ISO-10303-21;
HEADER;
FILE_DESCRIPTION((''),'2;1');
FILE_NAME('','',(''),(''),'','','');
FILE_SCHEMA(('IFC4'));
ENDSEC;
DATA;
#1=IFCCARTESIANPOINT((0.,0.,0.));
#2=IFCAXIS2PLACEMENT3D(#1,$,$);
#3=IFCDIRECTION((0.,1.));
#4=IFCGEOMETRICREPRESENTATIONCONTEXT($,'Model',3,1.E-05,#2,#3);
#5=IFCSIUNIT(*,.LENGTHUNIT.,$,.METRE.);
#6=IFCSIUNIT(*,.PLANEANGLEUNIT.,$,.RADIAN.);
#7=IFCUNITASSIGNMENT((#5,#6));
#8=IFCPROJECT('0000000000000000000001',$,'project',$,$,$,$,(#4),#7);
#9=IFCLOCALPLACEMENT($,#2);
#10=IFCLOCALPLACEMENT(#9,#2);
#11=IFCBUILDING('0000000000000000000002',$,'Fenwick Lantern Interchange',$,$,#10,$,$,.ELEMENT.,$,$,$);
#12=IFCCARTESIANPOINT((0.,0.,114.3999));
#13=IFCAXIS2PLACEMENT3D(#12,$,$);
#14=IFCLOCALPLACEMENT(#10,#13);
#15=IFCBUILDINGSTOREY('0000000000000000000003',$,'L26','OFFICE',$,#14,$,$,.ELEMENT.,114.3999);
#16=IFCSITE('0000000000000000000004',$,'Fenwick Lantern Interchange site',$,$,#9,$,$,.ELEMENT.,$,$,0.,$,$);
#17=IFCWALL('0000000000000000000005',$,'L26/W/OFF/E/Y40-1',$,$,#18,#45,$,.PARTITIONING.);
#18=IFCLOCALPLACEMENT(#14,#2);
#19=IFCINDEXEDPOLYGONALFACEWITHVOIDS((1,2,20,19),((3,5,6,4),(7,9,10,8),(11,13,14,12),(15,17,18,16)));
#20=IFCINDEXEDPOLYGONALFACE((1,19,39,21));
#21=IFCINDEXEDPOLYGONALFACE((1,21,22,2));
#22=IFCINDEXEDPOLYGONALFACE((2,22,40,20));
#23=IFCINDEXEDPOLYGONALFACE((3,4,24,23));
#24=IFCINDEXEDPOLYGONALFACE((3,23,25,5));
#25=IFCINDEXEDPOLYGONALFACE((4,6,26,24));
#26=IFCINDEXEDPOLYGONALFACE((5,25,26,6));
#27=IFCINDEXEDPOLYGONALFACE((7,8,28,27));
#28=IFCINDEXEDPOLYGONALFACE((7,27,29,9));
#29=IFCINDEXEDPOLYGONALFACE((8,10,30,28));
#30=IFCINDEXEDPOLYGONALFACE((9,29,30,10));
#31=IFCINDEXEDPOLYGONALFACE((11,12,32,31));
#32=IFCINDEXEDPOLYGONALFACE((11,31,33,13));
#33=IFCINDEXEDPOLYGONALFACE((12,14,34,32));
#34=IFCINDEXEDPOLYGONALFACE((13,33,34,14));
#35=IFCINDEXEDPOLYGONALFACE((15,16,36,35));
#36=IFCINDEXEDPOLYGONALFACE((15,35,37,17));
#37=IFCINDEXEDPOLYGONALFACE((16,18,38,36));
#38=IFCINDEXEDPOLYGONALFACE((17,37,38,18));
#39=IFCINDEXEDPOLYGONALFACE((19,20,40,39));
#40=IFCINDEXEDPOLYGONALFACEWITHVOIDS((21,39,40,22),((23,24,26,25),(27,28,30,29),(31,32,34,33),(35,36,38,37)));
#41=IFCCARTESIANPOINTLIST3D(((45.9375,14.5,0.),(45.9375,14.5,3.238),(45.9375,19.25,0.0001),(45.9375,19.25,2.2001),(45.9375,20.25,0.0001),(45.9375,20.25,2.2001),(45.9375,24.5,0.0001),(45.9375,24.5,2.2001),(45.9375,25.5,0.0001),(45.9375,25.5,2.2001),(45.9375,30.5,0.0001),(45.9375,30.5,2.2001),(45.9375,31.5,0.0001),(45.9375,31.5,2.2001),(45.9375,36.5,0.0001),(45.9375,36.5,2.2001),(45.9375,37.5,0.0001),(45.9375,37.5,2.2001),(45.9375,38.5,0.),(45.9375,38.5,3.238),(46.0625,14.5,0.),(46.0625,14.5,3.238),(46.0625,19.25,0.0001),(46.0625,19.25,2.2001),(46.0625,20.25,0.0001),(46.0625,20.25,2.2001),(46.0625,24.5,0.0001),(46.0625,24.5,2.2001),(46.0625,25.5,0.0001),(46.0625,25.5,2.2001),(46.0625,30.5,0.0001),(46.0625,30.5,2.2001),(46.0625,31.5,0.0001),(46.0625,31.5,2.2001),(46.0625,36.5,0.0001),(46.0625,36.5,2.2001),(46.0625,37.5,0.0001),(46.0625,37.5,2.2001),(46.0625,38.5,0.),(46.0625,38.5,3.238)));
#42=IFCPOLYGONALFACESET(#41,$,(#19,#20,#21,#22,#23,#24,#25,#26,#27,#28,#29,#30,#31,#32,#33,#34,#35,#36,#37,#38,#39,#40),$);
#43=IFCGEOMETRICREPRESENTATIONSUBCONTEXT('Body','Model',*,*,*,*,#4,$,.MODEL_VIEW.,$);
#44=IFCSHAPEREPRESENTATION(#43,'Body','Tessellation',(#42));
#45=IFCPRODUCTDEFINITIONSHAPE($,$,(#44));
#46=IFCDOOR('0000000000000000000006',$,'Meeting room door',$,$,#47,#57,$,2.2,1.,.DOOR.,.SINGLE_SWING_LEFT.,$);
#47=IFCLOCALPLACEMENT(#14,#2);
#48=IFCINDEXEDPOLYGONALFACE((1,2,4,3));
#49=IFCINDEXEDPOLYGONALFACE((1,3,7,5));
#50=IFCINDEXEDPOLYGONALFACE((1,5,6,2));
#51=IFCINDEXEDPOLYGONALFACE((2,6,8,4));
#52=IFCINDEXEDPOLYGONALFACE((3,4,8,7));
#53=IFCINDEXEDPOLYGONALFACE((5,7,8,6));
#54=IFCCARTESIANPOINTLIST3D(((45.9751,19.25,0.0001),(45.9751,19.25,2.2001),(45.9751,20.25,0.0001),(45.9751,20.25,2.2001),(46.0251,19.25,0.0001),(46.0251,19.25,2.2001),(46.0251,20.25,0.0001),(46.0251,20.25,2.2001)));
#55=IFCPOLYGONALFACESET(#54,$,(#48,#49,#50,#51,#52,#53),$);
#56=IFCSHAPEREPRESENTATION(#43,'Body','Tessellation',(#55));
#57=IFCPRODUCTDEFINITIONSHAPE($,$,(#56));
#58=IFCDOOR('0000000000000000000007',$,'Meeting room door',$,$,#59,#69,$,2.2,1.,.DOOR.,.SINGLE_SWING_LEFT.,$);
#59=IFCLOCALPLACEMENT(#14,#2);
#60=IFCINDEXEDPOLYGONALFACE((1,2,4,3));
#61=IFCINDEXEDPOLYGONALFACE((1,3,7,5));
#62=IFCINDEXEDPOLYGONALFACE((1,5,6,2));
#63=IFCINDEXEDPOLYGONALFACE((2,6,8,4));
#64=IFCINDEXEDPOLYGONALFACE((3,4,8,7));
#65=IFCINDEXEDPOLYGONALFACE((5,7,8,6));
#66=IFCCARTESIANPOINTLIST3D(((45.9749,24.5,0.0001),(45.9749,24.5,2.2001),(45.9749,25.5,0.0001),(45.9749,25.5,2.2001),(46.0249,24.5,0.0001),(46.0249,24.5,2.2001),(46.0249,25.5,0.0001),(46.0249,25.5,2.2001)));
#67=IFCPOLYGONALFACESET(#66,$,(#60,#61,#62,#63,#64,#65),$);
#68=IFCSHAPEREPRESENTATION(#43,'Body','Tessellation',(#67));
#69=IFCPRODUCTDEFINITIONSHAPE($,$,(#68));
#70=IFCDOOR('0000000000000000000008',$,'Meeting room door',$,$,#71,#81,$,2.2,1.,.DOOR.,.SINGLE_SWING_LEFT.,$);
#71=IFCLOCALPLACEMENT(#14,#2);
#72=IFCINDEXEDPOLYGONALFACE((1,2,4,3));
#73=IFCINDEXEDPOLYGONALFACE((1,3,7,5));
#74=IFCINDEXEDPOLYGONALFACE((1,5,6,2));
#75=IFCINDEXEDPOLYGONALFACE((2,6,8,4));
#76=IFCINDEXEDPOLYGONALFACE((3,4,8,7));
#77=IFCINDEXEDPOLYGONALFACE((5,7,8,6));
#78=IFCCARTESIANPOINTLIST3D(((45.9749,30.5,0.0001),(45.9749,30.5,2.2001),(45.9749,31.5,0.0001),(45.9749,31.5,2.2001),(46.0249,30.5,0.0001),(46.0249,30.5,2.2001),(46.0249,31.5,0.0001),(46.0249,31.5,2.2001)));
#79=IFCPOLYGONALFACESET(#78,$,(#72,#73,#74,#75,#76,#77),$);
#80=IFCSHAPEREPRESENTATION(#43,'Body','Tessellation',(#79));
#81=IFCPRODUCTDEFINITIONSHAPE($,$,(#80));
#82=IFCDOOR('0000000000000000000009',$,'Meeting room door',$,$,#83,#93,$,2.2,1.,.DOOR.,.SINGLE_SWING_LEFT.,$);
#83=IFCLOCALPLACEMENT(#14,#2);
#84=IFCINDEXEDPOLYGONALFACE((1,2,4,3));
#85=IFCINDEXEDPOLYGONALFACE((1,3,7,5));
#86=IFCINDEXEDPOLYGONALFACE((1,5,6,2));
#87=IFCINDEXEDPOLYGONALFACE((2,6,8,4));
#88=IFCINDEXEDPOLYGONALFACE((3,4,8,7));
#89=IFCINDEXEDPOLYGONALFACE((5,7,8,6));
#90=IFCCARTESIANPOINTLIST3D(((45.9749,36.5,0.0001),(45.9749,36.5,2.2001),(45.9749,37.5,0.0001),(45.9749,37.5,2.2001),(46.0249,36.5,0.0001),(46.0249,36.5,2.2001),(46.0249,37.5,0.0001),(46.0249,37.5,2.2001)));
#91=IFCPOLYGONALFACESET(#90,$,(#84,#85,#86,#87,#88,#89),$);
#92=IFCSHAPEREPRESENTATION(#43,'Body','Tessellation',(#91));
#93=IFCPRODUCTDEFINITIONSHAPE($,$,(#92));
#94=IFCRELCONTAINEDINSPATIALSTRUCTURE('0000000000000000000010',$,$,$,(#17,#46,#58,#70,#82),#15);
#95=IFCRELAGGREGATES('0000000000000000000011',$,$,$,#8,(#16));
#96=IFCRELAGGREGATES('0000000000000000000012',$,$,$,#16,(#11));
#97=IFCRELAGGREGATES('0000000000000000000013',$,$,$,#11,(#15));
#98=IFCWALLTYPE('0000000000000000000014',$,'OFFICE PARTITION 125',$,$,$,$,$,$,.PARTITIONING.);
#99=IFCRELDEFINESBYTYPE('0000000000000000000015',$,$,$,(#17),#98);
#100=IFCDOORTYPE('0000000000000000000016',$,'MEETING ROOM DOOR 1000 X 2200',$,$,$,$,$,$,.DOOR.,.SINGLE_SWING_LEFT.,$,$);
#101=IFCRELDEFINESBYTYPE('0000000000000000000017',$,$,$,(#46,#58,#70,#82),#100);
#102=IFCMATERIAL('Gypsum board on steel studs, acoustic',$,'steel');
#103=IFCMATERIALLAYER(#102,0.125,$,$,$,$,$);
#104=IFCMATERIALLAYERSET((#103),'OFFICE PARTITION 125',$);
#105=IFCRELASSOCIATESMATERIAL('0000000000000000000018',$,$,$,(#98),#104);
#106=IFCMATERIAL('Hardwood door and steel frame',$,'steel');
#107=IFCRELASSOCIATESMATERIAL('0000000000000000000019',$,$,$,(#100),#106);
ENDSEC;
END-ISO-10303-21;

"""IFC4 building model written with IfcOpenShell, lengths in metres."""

from ifc_helpers import new_model, si_unit, direction, frame, frame_2d, origin, place, context, subcontext, project, spatial, rectangle, extrude, material, layer, layer_set, type_object, element, fill, save


model = new_model("IFC4")

# Units and contexts
model_context = context("Model", 3, precision=1e-05, world=origin(), true_north=direction((0.0, 1.0)))
body_context = subcontext(model_context, "Body", "Model", "MODEL_VIEW")
ifc_project = project(units=[si_unit("LENGTHUNIT", "METRE"), si_unit("PLANEANGLEUNIT", "RADIAN")], contexts=[model_context])

# Site, building, storey
site_placement = place(None, origin())
site = spatial("IfcSite", under=ifc_project, at=site_placement, Name="Fenwick Lantern Interchange site", CompositionType="ELEMENT", RefElevation=0.0)
building_placement = place(site_placement, origin())
building = spatial("IfcBuilding", under=site, at=building_placement, Name="Fenwick Lantern Interchange", CompositionType="ELEMENT")
storey_placement = place(building_placement, frame((0.0, 0.0, 114.3999)))
storey = spatial("IfcBuildingStorey", under=building, at=storey_placement, Name="L26", Description="OFFICE", CompositionType="ELEMENT", Elevation=114.3999)

# Shared definitions
ifc_material_1 = material(Name="Gypsum board on steel studs, acoustic", Category="steel")
ifc_layer_1 = layer(ifc_material_1, 0.125)
ifc_layer_set_1 = layer_set([ifc_layer_1], Name="OFFICE PARTITION 125")
wall_type = type_object("IfcWallType", Name="OFFICE PARTITION 125", PredefinedType="PARTITIONING", material=ifc_layer_set_1)

# Wall, openings, doors
wall_1_placement = place(storey_placement, frame((46.0, 14.5, 0.0), z_axis=(0.0, 0.0, 1.0), x_axis=(0.0, 1.0, 0.0)))
wall_1 = element("IfcWall", 1, at=wall_1_placement, inside=storey, type_object=wall_type, Name="L26/W/OFF/E/Y40-1", PredefinedType="PARTITIONING", context=body_context, shape_type="SweptSolid", body=[
    extrude(rectangle(XDim=24.0, YDim=0.125, at=frame_2d((12.0, 0.0))), origin(), (0.0, 0.0, 1.0), 3.238),
])
opening_1_placement = place(wall_1_placement, frame((4.75, 0.0, 0.0)))
opening_1 = element("IfcOpeningElement", 2, at=opening_1_placement, cuts=wall_1, PredefinedType="OPENING", context=body_context, shape_type="SweptSolid", body=[
    extrude(rectangle(XDim=1.0, YDim=2.2, at=frame_2d((0.5, 1.1001))), frame((0.0, 0.0725, 0.0), z_axis=(0.0, -1.0, 0.0), x_axis=(1.0, 0.0, 0.0)), (0.0, 0.0, 1.0), 0.145),
])
opening_2_placement = place(wall_1_placement, frame((10.0, 0.0, 0.0)))
opening_2 = element("IfcOpeningElement", 3, at=opening_2_placement, cuts=wall_1, PredefinedType="OPENING", context=body_context, shape_type="SweptSolid", body=[
    extrude(rectangle(XDim=1.0, YDim=2.2, at=frame_2d((0.5, 1.1001))), frame((0.0, 0.0725, 0.0), z_axis=(0.0, -1.0, 0.0), x_axis=(1.0, 0.0, 0.0)), (0.0, 0.0, 1.0), 0.145),
])
opening_3_placement = place(wall_1_placement, frame((16.0, 0.0, 0.0)))
opening_3 = element("IfcOpeningElement", 4, at=opening_3_placement, cuts=wall_1, PredefinedType="OPENING", context=body_context, shape_type="SweptSolid", body=[
    extrude(rectangle(XDim=1.0, YDim=2.2, at=frame_2d((0.5, 1.1001))), frame((0.0, 0.0725, 0.0), z_axis=(0.0, -1.0, 0.0), x_axis=(1.0, 0.0, 0.0)), (0.0, 0.0, 1.0), 0.145),
])
opening_4_placement = place(wall_1_placement, frame((22.0, 0.0, 0.0)))
opening_4 = element("IfcOpeningElement", 5, at=opening_4_placement, cuts=wall_1, PredefinedType="OPENING", context=body_context, shape_type="SweptSolid", body=[
    extrude(rectangle(XDim=1.0, YDim=2.2, at=frame_2d((0.5, 1.1001))), frame((0.0, 0.0725, 0.0), z_axis=(0.0, -1.0, 0.0), x_axis=(1.0, 0.0, 0.0)), (0.0, 0.0, 1.0), 0.145),
])
ifc_material_2 = material(Name="Hardwood door and steel frame", Category="steel")
door_type = type_object("IfcDoorType", Name="MEETING ROOM DOOR 1000 X 2200", OperationType="SINGLE_SWING_LEFT", PredefinedType="DOOR", material=ifc_material_2)
door_1_placement = place(opening_1_placement, origin())
door_1 = element("IfcDoor", 6, at=door_1_placement, inside=storey, type_object=door_type, Name="Meeting room door", OperationType="SINGLE_SWING_LEFT", OverallHeight=2.2, OverallWidth=1.0, PredefinedType="DOOR", context=body_context, shape_type="SweptSolid", body=[
    extrude(rectangle(XDim=1.0, YDim=2.2, at=frame_2d((0.5, 1.1001))), frame((0.0, 0.0249, 0.0), z_axis=(0.0, -1.0, 0.0), x_axis=(1.0, 0.0, 0.0)), (0.0, 0.0, 1.0), 0.05),
])
fill(opening_1, door_1)
door_2_placement = place(opening_2_placement, frame((1.0, 0.0, 0.0), z_axis=(0.0, 0.0, 1.0), x_axis=(-1.0, 0.0, 0.0)))
door_2 = element("IfcDoor", 7, at=door_2_placement, inside=storey, type_object=door_type, Name="Meeting room door", OperationType="SINGLE_SWING_LEFT", OverallHeight=2.2, OverallWidth=1.0, PredefinedType="DOOR", context=body_context, shape_type="SweptSolid", body=[
    extrude(rectangle(XDim=1.0, YDim=2.2, at=frame_2d((0.5, 1.1001))), frame((0.0, 0.0249, 0.0), z_axis=(0.0, -1.0, 0.0), x_axis=(1.0, 0.0, 0.0)), (0.0, 0.0, 1.0), 0.05),
])
fill(opening_2, door_2)
door_3_placement = place(opening_3_placement, frame((1.0, 0.0, 0.0), z_axis=(0.0, 0.0, 1.0), x_axis=(-1.0, 0.0, 0.0)))
door_3 = element("IfcDoor", 8, at=door_3_placement, inside=storey, type_object=door_type, Name="Meeting room door", OperationType="SINGLE_SWING_LEFT", OverallHeight=2.2, OverallWidth=1.0, PredefinedType="DOOR", context=body_context, shape_type="SweptSolid", body=[
    extrude(rectangle(XDim=1.0, YDim=2.2, at=frame_2d((0.5, 1.1001))), frame((0.0, 0.0249, 0.0), z_axis=(0.0, -1.0, 0.0), x_axis=(1.0, 0.0, 0.0)), (0.0, 0.0, 1.0), 0.05),
])
fill(opening_3, door_3)
door_4_placement = place(opening_4_placement, frame((1.0, 0.0, 0.0), z_axis=(0.0, 0.0, 1.0), x_axis=(-1.0, 0.0, 0.0)))
door_4 = element("IfcDoor", 9, at=door_4_placement, inside=storey, type_object=door_type, Name="Meeting room door", OperationType="SINGLE_SWING_LEFT", OverallHeight=2.2, OverallWidth=1.0, PredefinedType="DOOR", context=body_context, shape_type="SweptSolid", body=[
    extrude(rectangle(XDim=1.0, YDim=2.2, at=frame_2d((0.5, 1.1001))), frame((0.0, 0.0249, 0.0), z_axis=(0.0, -1.0, 0.0), x_axis=(1.0, 0.0, 0.0)), (0.0, 0.0, 1.0), 0.05),
])
fill(opening_4, door_4)

save(model, "model.ifc")
